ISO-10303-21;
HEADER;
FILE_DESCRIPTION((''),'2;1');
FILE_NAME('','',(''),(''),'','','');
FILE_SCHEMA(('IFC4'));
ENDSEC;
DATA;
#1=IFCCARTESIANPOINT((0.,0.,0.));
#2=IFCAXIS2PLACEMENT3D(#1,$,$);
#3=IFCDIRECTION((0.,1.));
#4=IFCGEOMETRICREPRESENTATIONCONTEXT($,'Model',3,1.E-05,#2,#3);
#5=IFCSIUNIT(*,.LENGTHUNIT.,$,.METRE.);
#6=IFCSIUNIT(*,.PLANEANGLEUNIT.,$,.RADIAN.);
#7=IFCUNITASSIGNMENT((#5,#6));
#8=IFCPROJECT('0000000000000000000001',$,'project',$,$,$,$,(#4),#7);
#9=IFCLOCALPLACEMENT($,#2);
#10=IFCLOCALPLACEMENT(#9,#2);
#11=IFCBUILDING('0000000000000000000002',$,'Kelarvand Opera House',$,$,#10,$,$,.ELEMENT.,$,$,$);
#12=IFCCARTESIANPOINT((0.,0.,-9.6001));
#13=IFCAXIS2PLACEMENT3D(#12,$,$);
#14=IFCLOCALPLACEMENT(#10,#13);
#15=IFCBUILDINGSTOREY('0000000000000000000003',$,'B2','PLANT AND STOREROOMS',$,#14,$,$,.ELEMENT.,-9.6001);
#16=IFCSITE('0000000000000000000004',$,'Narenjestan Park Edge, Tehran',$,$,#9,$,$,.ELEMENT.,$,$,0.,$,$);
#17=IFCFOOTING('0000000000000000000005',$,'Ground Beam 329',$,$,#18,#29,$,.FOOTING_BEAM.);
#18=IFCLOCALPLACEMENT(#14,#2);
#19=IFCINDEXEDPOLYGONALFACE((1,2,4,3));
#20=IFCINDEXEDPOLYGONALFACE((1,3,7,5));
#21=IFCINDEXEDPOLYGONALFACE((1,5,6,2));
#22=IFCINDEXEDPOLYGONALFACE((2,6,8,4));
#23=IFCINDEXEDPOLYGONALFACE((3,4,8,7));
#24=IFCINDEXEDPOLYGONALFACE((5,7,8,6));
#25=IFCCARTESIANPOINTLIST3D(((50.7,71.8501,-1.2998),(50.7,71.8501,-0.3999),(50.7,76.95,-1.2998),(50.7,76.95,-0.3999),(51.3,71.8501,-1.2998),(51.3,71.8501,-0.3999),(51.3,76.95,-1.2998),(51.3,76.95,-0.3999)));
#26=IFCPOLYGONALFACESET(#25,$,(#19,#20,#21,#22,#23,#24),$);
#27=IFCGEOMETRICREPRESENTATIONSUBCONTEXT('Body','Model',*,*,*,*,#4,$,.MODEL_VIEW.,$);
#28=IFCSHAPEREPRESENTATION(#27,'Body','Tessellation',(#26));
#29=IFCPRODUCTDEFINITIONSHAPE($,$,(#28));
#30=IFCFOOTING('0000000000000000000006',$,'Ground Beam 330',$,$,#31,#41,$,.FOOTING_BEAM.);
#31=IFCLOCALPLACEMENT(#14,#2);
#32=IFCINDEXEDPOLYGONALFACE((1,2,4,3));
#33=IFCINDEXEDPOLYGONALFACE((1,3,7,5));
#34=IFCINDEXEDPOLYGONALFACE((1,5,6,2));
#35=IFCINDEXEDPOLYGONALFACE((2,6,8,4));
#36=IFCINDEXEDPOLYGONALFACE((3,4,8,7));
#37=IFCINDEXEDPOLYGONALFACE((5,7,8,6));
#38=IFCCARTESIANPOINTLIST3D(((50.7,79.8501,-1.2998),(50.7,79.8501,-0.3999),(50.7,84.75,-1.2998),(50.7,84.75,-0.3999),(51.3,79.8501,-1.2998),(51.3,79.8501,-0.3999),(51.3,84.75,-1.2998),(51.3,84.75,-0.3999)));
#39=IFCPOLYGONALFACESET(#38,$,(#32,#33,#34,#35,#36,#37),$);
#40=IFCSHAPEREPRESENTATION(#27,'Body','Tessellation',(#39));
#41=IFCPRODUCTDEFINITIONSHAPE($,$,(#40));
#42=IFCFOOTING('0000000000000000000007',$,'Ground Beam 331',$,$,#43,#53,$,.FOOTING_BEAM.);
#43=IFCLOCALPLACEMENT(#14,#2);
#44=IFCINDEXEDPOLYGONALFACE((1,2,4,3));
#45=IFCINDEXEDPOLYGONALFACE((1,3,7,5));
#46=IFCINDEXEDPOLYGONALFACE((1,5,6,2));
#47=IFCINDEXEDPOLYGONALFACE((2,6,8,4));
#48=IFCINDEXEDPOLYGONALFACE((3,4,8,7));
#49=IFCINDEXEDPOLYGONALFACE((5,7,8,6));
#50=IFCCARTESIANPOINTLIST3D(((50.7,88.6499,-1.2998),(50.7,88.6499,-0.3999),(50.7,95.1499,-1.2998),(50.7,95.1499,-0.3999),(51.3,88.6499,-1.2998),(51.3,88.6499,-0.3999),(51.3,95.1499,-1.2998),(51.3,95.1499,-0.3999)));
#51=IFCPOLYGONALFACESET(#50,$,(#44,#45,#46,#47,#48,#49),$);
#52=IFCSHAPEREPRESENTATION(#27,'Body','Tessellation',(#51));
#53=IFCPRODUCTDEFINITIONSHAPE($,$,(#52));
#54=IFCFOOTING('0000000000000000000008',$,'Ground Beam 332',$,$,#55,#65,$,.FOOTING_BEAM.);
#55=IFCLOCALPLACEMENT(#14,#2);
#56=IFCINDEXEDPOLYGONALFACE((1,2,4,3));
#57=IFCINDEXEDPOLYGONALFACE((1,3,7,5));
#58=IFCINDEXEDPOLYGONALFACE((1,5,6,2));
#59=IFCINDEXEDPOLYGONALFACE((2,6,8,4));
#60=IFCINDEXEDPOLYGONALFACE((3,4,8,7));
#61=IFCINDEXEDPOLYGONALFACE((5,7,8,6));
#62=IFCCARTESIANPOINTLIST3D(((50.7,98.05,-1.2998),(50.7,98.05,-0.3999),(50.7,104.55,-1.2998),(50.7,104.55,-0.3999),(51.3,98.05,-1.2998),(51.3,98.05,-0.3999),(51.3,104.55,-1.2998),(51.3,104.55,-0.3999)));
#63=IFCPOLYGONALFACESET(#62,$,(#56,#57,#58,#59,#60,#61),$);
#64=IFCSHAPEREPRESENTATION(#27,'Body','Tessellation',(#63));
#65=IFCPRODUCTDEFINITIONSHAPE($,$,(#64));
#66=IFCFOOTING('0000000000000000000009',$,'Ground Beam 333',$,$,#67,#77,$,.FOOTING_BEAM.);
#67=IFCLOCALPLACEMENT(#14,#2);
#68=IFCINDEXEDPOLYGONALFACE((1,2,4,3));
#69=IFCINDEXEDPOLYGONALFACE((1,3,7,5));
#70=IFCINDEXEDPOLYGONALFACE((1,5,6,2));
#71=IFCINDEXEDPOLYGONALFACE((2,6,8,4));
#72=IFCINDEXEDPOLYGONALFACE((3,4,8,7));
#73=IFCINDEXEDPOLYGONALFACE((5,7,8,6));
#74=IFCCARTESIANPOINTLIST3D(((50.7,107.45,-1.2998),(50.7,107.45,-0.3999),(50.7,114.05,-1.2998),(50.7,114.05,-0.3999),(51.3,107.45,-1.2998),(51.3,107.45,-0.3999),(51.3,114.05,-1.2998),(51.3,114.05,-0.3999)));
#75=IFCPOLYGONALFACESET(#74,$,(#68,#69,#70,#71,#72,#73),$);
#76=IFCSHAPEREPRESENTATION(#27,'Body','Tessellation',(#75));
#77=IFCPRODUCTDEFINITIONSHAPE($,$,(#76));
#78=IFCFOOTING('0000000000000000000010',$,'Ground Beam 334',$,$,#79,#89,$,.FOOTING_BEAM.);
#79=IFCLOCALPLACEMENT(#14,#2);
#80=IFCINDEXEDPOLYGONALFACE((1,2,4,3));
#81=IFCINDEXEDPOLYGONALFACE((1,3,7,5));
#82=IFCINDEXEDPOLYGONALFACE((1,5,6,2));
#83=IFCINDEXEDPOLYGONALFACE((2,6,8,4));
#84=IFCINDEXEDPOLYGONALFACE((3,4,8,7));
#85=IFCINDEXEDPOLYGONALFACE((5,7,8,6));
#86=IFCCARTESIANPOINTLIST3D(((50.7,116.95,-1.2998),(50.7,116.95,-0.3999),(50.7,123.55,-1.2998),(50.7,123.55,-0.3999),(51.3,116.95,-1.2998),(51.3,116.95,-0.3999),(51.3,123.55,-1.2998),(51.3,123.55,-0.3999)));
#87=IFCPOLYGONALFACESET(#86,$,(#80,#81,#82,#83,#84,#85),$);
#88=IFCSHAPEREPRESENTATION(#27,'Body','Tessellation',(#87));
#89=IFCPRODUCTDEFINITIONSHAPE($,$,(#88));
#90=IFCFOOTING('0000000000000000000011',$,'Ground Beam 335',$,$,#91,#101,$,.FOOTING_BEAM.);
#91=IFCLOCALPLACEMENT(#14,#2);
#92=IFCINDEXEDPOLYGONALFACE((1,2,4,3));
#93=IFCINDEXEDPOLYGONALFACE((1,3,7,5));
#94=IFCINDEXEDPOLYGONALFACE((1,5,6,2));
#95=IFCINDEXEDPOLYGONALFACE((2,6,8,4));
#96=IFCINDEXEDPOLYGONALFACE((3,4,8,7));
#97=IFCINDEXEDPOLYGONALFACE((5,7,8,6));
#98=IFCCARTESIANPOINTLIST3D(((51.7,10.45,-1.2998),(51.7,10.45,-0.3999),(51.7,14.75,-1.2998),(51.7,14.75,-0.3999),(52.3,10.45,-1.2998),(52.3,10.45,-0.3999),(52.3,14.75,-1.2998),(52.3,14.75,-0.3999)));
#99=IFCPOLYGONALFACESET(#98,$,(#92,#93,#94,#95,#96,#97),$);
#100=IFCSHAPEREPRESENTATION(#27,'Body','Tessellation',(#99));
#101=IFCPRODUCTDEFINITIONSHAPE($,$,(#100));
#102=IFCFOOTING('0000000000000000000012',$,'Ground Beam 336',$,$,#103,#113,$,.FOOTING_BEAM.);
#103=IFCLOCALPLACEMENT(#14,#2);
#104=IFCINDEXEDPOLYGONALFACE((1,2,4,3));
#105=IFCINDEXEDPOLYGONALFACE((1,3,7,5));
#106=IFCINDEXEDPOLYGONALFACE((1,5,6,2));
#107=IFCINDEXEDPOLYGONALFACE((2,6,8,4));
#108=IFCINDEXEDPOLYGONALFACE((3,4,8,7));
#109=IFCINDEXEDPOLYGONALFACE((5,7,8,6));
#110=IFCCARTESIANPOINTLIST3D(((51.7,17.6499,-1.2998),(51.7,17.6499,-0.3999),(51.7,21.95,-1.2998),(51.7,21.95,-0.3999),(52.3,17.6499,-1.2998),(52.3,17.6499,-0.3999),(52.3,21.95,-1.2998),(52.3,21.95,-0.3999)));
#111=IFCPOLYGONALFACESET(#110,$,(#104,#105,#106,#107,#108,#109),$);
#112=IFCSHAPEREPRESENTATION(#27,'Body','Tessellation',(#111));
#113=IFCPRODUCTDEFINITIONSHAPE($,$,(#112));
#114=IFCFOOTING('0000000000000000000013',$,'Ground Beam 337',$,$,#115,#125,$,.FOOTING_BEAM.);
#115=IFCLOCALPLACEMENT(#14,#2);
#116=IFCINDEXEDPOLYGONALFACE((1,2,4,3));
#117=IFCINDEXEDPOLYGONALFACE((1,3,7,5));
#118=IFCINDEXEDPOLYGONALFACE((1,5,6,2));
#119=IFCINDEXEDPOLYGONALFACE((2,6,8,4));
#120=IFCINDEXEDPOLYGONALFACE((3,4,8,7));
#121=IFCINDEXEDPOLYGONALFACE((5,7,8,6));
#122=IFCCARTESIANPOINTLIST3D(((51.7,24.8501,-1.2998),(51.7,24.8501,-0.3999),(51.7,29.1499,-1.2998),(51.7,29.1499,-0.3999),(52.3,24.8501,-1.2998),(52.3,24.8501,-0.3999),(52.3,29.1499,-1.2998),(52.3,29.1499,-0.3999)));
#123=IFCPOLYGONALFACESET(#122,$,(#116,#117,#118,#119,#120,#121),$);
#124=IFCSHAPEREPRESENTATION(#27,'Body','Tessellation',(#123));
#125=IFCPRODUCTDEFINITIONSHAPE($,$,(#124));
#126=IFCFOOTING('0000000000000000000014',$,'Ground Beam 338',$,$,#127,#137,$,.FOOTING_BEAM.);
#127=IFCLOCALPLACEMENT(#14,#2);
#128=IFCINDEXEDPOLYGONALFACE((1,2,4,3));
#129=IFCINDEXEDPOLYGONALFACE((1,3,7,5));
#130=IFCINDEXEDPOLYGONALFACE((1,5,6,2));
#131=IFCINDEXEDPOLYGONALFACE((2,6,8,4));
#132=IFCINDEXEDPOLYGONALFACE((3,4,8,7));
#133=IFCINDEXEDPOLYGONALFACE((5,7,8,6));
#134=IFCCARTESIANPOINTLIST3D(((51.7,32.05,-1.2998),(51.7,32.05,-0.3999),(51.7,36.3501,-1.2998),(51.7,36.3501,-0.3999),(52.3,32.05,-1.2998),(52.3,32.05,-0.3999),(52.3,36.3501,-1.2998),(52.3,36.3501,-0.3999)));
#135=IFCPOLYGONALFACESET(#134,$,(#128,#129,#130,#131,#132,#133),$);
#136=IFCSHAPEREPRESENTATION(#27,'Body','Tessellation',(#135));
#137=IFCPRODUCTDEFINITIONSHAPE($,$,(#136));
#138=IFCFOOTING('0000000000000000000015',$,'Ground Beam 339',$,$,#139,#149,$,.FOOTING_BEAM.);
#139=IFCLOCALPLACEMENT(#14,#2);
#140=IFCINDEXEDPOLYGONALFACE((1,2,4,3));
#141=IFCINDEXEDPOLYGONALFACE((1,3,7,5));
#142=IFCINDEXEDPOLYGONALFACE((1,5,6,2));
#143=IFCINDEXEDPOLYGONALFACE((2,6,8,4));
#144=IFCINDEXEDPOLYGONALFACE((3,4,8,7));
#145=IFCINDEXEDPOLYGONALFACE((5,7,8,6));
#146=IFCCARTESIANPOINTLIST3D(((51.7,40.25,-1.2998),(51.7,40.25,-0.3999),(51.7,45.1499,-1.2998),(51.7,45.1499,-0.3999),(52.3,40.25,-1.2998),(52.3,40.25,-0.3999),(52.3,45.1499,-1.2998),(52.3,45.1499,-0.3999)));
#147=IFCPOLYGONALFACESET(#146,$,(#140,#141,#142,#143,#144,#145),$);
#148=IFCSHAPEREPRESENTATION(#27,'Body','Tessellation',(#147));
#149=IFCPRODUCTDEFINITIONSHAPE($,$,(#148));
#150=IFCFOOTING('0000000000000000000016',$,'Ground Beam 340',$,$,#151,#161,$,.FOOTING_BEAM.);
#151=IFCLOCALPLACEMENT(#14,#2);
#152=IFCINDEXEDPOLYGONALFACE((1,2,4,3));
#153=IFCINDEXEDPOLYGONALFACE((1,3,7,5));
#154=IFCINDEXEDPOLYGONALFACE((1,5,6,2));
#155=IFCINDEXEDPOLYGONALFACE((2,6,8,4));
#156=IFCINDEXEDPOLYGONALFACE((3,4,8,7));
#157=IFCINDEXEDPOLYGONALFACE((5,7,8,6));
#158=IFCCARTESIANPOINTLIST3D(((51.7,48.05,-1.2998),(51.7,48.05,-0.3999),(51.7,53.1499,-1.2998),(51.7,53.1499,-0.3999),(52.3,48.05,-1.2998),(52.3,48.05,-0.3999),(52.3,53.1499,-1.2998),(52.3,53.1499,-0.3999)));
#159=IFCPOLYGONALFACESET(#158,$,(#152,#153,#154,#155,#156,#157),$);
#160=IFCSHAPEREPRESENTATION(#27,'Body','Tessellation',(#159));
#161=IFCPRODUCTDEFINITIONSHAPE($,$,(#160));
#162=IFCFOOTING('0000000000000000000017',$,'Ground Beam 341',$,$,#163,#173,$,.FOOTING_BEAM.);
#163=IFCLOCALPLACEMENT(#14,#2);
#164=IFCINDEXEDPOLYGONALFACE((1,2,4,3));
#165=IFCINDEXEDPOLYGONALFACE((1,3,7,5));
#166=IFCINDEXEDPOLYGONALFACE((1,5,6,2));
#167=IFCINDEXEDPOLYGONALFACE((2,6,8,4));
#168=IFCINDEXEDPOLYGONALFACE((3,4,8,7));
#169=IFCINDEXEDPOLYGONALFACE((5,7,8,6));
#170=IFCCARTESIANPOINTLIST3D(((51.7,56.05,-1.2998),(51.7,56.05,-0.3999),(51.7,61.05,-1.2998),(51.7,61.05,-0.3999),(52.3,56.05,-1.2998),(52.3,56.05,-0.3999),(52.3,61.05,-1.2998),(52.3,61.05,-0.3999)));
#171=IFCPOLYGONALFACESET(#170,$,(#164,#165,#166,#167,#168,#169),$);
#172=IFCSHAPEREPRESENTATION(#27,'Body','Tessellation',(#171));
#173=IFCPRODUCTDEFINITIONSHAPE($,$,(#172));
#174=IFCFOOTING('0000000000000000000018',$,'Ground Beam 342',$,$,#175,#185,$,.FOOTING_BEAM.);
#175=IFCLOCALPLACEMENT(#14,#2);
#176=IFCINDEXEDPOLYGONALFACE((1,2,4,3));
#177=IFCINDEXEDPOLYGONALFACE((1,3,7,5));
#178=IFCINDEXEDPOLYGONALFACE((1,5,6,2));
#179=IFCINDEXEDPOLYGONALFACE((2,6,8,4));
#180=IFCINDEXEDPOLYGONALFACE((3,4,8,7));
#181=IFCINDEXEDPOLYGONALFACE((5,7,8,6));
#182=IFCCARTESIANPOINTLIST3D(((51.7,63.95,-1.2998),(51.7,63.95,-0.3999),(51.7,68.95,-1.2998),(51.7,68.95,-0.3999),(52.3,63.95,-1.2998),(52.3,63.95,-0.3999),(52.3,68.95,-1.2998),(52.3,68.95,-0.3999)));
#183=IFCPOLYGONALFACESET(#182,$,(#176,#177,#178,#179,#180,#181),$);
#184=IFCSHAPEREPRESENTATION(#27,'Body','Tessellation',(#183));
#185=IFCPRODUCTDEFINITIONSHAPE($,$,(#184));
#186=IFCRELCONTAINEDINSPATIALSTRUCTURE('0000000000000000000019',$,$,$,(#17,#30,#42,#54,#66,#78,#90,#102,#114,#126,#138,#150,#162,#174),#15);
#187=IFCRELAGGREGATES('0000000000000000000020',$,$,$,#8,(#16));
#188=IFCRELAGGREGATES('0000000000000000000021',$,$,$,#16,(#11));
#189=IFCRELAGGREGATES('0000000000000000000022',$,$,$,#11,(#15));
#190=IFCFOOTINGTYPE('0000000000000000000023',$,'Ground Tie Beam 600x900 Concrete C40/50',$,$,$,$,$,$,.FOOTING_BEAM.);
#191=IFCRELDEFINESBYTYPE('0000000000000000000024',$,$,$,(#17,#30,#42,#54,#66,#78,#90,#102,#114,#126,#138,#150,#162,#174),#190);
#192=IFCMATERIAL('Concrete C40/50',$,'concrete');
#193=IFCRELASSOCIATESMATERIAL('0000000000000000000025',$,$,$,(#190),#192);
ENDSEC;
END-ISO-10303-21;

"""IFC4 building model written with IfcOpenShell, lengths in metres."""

from ifc_helpers import new_model, si_unit, direction, frame, origin, place, context, subcontext, project, spatial, polyline, outline, extrude, material, type_object, element, save


model = new_model("IFC4")

# Units and contexts
model_context = context("Model", 3, precision=1e-05, world=origin(), true_north=direction((0.0, 1.0)))
body_context = subcontext(model_context, "Body", "Model", "MODEL_VIEW")
ifc_project = project(units=[si_unit("LENGTHUNIT", "METRE"), si_unit("PLANEANGLEUNIT", "RADIAN")], contexts=[model_context])

# Site, building, storey
site_placement = place(None, origin())
site = spatial("IfcSite", under=ifc_project, at=site_placement, Name="Narenjestan Park Edge, Tehran", CompositionType="ELEMENT", RefElevation=0.0)
building_placement = place(site_placement, origin())
building = spatial("IfcBuilding", under=site, at=building_placement, Name="Kelarvand Opera House", CompositionType="ELEMENT")
storey_placement = place(building_placement, frame((0.0, 0.0, -9.6001)))
storey = spatial("IfcBuildingStorey", under=building, at=storey_placement, Name="B2", Description="PLANT AND STOREROOMS", CompositionType="ELEMENT", Elevation=-9.6001)

# Footings
ifc_material = material(Name="Concrete C40/50", Category="concrete")
footing_type = type_object("IfcFootingType", Name="Ground Tie Beam 600x900 Concrete C40/50", PredefinedType="FOOTING_BEAM", material=ifc_material)
footing_1_placement = place(storey_placement, frame((0.0, 0.0, -1.2998)))
element("IfcFooting", 1, at=footing_1_placement, inside=storey, type_object=footing_type, Name="Ground Beam 329", PredefinedType="FOOTING_BEAM", context=body_context, shape_type="SweptSolid", body=[
    extrude(outline(polyline([(50.7, 71.8501), (51.3, 71.8501), (51.3, 76.95), (50.7, 76.95), (50.7, 71.8501)])), origin(), (0.0, 0.0, 1.0), 0.8999),
])
footing_2_placement = place(storey_placement, frame((0.0, 0.0, -1.2998)))
element("IfcFooting", 2, at=footing_2_placement, inside=storey, type_object=footing_type, Name="Ground Beam 330", PredefinedType="FOOTING_BEAM", context=body_context, shape_type="SweptSolid", body=[
    extrude(outline(polyline([(50.7, 79.8501), (51.3, 79.8501), (51.3, 84.75), (50.7, 84.75), (50.7, 79.8501)])), origin(), (0.0, 0.0, 1.0), 0.8999),
])
footing_3_placement = place(storey_placement, frame((0.0, 0.0, -1.2998)))
element("IfcFooting", 3, at=footing_3_placement, inside=storey, type_object=footing_type, Name="Ground Beam 331", PredefinedType="FOOTING_BEAM", context=body_context, shape_type="SweptSolid", body=[
    extrude(outline(polyline([(50.7, 88.6499), (51.3, 88.6499), (51.3, 95.1499), (50.7, 95.1499), (50.7, 88.6499)])), origin(), (0.0, 0.0, 1.0), 0.8999),
])
footing_4_placement = place(storey_placement, frame((0.0, 0.0, -1.2998)))
element("IfcFooting", 4, at=footing_4_placement, inside=storey, type_object=footing_type, Name="Ground Beam 332", PredefinedType="FOOTING_BEAM", context=body_context, shape_type="SweptSolid", body=[
    extrude(outline(polyline([(50.7, 98.05), (51.3, 98.05), (51.3, 104.55), (50.7, 104.55), (50.7, 98.05)])), origin(), (0.0, 0.0, 1.0), 0.8999),
])
footing_5_placement = place(storey_placement, frame((0.0, 0.0, -1.2998)))
element("IfcFooting", 5, at=footing_5_placement, inside=storey, type_object=footing_type, Name="Ground Beam 333", PredefinedType="FOOTING_BEAM", context=body_context, shape_type="SweptSolid", body=[
    extrude(outline(polyline([(50.7, 107.45), (51.3, 107.45), (51.3, 114.05), (50.7, 114.05), (50.7, 107.45)])), origin(), (0.0, 0.0, 1.0), 0.8999),
])
footing_6_placement = place(storey_placement, frame((0.0, 0.0, -1.2998)))
element("IfcFooting", 6, at=footing_6_placement, inside=storey, type_object=footing_type, Name="Ground Beam 334", PredefinedType="FOOTING_BEAM", context=body_context, shape_type="SweptSolid", body=[
    extrude(outline(polyline([(50.7, 116.95), (51.3, 116.95), (51.3, 123.55), (50.7, 123.55), (50.7, 116.95)])), origin(), (0.0, 0.0, 1.0), 0.8999),
])
footing_7_placement = place(storey_placement, frame((0.0, 0.0, -1.2998)))
element("IfcFooting", 7, at=footing_7_placement, inside=storey, type_object=footing_type, Name="Ground Beam 335", PredefinedType="FOOTING_BEAM", context=body_context, shape_type="SweptSolid", body=[
    extrude(outline(polyline([(51.7, 10.45), (52.3, 10.45), (52.3, 14.75), (51.7, 14.75), (51.7, 10.45)])), origin(), (0.0, 0.0, 1.0), 0.8999),
])
footing_8_placement = place(storey_placement, frame((0.0, 0.0, -1.2998)))
element("IfcFooting", 8, at=footing_8_placement, inside=storey, type_object=footing_type, Name="Ground Beam 336", PredefinedType="FOOTING_BEAM", context=body_context, shape_type="SweptSolid", body=[
    extrude(outline(polyline([(51.7, 17.6499), (52.3, 17.6499), (52.3, 21.95), (51.7, 21.95), (51.7, 17.6499)])), origin(), (0.0, 0.0, 1.0), 0.8999),
])
footing_9_placement = place(storey_placement, frame((0.0, 0.0, -1.2998)))
element("IfcFooting", 9, at=footing_9_placement, inside=storey, type_object=footing_type, Name="Ground Beam 337", PredefinedType="FOOTING_BEAM", context=body_context, shape_type="SweptSolid", body=[
    extrude(outline(polyline([(51.7, 24.8501), (52.3, 24.8501), (52.3, 29.1499), (51.7, 29.1499), (51.7, 24.8501)])), origin(), (0.0, 0.0, 1.0), 0.8999),
])
footing_10_placement = place(storey_placement, frame((0.0, 0.0, -1.2998)))
element("IfcFooting", 10, at=footing_10_placement, inside=storey, type_object=footing_type, Name="Ground Beam 338", PredefinedType="FOOTING_BEAM", context=body_context, shape_type="SweptSolid", body=[
    extrude(outline(polyline([(51.7, 32.05), (52.3, 32.05), (52.3, 36.3501), (51.7, 36.3501), (51.7, 32.05)])), origin(), (0.0, 0.0, 1.0), 0.8999),
])
footing_11_placement = place(storey_placement, frame((0.0, 0.0, -1.2998)))
element("IfcFooting", 11, at=footing_11_placement, inside=storey, type_object=footing_type, Name="Ground Beam 339", PredefinedType="FOOTING_BEAM", context=body_context, shape_type="SweptSolid", body=[
    extrude(outline(polyline([(51.7, 40.25), (52.3, 40.25), (52.3, 45.1499), (51.7, 45.1499), (51.7, 40.25)])), origin(), (0.0, 0.0, 1.0), 0.8999),
])
footing_12_placement = place(storey_placement, frame((0.0, 0.0, -1.2998)))
element("IfcFooting", 12, at=footing_12_placement, inside=storey, type_object=footing_type, Name="Ground Beam 340", PredefinedType="FOOTING_BEAM", context=body_context, shape_type="SweptSolid", body=[
    extrude(outline(polyline([(51.7, 48.05), (52.3, 48.05), (52.3, 53.1499), (51.7, 53.1499), (51.7, 48.05)])), origin(), (0.0, 0.0, 1.0), 0.8999),
])
footing_13_placement = place(storey_placement, frame((0.0, 0.0, -1.2998)))
element("IfcFooting", 13, at=footing_13_placement, inside=storey, type_object=footing_type, Name="Ground Beam 341", PredefinedType="FOOTING_BEAM", context=body_context, shape_type="SweptSolid", body=[
    extrude(outline(polyline([(51.7, 56.05), (52.3, 56.05), (52.3, 61.05), (51.7, 61.05), (51.7, 56.05)])), origin(), (0.0, 0.0, 1.0), 0.8999),
])
footing_14_placement = place(storey_placement, frame((0.0, 0.0, -1.2998)))
element("IfcFooting", 14, at=footing_14_placement, inside=storey, type_object=footing_type, Name="Ground Beam 342", PredefinedType="FOOTING_BEAM", context=body_context, shape_type="SweptSolid", body=[
    extrude(outline(polyline([(51.7, 63.95), (52.3, 63.95), (52.3, 68.95), (51.7, 68.95), (51.7, 63.95)])), origin(), (0.0, 0.0, 1.0), 0.8999),
])

save(model, "model.ifc")
